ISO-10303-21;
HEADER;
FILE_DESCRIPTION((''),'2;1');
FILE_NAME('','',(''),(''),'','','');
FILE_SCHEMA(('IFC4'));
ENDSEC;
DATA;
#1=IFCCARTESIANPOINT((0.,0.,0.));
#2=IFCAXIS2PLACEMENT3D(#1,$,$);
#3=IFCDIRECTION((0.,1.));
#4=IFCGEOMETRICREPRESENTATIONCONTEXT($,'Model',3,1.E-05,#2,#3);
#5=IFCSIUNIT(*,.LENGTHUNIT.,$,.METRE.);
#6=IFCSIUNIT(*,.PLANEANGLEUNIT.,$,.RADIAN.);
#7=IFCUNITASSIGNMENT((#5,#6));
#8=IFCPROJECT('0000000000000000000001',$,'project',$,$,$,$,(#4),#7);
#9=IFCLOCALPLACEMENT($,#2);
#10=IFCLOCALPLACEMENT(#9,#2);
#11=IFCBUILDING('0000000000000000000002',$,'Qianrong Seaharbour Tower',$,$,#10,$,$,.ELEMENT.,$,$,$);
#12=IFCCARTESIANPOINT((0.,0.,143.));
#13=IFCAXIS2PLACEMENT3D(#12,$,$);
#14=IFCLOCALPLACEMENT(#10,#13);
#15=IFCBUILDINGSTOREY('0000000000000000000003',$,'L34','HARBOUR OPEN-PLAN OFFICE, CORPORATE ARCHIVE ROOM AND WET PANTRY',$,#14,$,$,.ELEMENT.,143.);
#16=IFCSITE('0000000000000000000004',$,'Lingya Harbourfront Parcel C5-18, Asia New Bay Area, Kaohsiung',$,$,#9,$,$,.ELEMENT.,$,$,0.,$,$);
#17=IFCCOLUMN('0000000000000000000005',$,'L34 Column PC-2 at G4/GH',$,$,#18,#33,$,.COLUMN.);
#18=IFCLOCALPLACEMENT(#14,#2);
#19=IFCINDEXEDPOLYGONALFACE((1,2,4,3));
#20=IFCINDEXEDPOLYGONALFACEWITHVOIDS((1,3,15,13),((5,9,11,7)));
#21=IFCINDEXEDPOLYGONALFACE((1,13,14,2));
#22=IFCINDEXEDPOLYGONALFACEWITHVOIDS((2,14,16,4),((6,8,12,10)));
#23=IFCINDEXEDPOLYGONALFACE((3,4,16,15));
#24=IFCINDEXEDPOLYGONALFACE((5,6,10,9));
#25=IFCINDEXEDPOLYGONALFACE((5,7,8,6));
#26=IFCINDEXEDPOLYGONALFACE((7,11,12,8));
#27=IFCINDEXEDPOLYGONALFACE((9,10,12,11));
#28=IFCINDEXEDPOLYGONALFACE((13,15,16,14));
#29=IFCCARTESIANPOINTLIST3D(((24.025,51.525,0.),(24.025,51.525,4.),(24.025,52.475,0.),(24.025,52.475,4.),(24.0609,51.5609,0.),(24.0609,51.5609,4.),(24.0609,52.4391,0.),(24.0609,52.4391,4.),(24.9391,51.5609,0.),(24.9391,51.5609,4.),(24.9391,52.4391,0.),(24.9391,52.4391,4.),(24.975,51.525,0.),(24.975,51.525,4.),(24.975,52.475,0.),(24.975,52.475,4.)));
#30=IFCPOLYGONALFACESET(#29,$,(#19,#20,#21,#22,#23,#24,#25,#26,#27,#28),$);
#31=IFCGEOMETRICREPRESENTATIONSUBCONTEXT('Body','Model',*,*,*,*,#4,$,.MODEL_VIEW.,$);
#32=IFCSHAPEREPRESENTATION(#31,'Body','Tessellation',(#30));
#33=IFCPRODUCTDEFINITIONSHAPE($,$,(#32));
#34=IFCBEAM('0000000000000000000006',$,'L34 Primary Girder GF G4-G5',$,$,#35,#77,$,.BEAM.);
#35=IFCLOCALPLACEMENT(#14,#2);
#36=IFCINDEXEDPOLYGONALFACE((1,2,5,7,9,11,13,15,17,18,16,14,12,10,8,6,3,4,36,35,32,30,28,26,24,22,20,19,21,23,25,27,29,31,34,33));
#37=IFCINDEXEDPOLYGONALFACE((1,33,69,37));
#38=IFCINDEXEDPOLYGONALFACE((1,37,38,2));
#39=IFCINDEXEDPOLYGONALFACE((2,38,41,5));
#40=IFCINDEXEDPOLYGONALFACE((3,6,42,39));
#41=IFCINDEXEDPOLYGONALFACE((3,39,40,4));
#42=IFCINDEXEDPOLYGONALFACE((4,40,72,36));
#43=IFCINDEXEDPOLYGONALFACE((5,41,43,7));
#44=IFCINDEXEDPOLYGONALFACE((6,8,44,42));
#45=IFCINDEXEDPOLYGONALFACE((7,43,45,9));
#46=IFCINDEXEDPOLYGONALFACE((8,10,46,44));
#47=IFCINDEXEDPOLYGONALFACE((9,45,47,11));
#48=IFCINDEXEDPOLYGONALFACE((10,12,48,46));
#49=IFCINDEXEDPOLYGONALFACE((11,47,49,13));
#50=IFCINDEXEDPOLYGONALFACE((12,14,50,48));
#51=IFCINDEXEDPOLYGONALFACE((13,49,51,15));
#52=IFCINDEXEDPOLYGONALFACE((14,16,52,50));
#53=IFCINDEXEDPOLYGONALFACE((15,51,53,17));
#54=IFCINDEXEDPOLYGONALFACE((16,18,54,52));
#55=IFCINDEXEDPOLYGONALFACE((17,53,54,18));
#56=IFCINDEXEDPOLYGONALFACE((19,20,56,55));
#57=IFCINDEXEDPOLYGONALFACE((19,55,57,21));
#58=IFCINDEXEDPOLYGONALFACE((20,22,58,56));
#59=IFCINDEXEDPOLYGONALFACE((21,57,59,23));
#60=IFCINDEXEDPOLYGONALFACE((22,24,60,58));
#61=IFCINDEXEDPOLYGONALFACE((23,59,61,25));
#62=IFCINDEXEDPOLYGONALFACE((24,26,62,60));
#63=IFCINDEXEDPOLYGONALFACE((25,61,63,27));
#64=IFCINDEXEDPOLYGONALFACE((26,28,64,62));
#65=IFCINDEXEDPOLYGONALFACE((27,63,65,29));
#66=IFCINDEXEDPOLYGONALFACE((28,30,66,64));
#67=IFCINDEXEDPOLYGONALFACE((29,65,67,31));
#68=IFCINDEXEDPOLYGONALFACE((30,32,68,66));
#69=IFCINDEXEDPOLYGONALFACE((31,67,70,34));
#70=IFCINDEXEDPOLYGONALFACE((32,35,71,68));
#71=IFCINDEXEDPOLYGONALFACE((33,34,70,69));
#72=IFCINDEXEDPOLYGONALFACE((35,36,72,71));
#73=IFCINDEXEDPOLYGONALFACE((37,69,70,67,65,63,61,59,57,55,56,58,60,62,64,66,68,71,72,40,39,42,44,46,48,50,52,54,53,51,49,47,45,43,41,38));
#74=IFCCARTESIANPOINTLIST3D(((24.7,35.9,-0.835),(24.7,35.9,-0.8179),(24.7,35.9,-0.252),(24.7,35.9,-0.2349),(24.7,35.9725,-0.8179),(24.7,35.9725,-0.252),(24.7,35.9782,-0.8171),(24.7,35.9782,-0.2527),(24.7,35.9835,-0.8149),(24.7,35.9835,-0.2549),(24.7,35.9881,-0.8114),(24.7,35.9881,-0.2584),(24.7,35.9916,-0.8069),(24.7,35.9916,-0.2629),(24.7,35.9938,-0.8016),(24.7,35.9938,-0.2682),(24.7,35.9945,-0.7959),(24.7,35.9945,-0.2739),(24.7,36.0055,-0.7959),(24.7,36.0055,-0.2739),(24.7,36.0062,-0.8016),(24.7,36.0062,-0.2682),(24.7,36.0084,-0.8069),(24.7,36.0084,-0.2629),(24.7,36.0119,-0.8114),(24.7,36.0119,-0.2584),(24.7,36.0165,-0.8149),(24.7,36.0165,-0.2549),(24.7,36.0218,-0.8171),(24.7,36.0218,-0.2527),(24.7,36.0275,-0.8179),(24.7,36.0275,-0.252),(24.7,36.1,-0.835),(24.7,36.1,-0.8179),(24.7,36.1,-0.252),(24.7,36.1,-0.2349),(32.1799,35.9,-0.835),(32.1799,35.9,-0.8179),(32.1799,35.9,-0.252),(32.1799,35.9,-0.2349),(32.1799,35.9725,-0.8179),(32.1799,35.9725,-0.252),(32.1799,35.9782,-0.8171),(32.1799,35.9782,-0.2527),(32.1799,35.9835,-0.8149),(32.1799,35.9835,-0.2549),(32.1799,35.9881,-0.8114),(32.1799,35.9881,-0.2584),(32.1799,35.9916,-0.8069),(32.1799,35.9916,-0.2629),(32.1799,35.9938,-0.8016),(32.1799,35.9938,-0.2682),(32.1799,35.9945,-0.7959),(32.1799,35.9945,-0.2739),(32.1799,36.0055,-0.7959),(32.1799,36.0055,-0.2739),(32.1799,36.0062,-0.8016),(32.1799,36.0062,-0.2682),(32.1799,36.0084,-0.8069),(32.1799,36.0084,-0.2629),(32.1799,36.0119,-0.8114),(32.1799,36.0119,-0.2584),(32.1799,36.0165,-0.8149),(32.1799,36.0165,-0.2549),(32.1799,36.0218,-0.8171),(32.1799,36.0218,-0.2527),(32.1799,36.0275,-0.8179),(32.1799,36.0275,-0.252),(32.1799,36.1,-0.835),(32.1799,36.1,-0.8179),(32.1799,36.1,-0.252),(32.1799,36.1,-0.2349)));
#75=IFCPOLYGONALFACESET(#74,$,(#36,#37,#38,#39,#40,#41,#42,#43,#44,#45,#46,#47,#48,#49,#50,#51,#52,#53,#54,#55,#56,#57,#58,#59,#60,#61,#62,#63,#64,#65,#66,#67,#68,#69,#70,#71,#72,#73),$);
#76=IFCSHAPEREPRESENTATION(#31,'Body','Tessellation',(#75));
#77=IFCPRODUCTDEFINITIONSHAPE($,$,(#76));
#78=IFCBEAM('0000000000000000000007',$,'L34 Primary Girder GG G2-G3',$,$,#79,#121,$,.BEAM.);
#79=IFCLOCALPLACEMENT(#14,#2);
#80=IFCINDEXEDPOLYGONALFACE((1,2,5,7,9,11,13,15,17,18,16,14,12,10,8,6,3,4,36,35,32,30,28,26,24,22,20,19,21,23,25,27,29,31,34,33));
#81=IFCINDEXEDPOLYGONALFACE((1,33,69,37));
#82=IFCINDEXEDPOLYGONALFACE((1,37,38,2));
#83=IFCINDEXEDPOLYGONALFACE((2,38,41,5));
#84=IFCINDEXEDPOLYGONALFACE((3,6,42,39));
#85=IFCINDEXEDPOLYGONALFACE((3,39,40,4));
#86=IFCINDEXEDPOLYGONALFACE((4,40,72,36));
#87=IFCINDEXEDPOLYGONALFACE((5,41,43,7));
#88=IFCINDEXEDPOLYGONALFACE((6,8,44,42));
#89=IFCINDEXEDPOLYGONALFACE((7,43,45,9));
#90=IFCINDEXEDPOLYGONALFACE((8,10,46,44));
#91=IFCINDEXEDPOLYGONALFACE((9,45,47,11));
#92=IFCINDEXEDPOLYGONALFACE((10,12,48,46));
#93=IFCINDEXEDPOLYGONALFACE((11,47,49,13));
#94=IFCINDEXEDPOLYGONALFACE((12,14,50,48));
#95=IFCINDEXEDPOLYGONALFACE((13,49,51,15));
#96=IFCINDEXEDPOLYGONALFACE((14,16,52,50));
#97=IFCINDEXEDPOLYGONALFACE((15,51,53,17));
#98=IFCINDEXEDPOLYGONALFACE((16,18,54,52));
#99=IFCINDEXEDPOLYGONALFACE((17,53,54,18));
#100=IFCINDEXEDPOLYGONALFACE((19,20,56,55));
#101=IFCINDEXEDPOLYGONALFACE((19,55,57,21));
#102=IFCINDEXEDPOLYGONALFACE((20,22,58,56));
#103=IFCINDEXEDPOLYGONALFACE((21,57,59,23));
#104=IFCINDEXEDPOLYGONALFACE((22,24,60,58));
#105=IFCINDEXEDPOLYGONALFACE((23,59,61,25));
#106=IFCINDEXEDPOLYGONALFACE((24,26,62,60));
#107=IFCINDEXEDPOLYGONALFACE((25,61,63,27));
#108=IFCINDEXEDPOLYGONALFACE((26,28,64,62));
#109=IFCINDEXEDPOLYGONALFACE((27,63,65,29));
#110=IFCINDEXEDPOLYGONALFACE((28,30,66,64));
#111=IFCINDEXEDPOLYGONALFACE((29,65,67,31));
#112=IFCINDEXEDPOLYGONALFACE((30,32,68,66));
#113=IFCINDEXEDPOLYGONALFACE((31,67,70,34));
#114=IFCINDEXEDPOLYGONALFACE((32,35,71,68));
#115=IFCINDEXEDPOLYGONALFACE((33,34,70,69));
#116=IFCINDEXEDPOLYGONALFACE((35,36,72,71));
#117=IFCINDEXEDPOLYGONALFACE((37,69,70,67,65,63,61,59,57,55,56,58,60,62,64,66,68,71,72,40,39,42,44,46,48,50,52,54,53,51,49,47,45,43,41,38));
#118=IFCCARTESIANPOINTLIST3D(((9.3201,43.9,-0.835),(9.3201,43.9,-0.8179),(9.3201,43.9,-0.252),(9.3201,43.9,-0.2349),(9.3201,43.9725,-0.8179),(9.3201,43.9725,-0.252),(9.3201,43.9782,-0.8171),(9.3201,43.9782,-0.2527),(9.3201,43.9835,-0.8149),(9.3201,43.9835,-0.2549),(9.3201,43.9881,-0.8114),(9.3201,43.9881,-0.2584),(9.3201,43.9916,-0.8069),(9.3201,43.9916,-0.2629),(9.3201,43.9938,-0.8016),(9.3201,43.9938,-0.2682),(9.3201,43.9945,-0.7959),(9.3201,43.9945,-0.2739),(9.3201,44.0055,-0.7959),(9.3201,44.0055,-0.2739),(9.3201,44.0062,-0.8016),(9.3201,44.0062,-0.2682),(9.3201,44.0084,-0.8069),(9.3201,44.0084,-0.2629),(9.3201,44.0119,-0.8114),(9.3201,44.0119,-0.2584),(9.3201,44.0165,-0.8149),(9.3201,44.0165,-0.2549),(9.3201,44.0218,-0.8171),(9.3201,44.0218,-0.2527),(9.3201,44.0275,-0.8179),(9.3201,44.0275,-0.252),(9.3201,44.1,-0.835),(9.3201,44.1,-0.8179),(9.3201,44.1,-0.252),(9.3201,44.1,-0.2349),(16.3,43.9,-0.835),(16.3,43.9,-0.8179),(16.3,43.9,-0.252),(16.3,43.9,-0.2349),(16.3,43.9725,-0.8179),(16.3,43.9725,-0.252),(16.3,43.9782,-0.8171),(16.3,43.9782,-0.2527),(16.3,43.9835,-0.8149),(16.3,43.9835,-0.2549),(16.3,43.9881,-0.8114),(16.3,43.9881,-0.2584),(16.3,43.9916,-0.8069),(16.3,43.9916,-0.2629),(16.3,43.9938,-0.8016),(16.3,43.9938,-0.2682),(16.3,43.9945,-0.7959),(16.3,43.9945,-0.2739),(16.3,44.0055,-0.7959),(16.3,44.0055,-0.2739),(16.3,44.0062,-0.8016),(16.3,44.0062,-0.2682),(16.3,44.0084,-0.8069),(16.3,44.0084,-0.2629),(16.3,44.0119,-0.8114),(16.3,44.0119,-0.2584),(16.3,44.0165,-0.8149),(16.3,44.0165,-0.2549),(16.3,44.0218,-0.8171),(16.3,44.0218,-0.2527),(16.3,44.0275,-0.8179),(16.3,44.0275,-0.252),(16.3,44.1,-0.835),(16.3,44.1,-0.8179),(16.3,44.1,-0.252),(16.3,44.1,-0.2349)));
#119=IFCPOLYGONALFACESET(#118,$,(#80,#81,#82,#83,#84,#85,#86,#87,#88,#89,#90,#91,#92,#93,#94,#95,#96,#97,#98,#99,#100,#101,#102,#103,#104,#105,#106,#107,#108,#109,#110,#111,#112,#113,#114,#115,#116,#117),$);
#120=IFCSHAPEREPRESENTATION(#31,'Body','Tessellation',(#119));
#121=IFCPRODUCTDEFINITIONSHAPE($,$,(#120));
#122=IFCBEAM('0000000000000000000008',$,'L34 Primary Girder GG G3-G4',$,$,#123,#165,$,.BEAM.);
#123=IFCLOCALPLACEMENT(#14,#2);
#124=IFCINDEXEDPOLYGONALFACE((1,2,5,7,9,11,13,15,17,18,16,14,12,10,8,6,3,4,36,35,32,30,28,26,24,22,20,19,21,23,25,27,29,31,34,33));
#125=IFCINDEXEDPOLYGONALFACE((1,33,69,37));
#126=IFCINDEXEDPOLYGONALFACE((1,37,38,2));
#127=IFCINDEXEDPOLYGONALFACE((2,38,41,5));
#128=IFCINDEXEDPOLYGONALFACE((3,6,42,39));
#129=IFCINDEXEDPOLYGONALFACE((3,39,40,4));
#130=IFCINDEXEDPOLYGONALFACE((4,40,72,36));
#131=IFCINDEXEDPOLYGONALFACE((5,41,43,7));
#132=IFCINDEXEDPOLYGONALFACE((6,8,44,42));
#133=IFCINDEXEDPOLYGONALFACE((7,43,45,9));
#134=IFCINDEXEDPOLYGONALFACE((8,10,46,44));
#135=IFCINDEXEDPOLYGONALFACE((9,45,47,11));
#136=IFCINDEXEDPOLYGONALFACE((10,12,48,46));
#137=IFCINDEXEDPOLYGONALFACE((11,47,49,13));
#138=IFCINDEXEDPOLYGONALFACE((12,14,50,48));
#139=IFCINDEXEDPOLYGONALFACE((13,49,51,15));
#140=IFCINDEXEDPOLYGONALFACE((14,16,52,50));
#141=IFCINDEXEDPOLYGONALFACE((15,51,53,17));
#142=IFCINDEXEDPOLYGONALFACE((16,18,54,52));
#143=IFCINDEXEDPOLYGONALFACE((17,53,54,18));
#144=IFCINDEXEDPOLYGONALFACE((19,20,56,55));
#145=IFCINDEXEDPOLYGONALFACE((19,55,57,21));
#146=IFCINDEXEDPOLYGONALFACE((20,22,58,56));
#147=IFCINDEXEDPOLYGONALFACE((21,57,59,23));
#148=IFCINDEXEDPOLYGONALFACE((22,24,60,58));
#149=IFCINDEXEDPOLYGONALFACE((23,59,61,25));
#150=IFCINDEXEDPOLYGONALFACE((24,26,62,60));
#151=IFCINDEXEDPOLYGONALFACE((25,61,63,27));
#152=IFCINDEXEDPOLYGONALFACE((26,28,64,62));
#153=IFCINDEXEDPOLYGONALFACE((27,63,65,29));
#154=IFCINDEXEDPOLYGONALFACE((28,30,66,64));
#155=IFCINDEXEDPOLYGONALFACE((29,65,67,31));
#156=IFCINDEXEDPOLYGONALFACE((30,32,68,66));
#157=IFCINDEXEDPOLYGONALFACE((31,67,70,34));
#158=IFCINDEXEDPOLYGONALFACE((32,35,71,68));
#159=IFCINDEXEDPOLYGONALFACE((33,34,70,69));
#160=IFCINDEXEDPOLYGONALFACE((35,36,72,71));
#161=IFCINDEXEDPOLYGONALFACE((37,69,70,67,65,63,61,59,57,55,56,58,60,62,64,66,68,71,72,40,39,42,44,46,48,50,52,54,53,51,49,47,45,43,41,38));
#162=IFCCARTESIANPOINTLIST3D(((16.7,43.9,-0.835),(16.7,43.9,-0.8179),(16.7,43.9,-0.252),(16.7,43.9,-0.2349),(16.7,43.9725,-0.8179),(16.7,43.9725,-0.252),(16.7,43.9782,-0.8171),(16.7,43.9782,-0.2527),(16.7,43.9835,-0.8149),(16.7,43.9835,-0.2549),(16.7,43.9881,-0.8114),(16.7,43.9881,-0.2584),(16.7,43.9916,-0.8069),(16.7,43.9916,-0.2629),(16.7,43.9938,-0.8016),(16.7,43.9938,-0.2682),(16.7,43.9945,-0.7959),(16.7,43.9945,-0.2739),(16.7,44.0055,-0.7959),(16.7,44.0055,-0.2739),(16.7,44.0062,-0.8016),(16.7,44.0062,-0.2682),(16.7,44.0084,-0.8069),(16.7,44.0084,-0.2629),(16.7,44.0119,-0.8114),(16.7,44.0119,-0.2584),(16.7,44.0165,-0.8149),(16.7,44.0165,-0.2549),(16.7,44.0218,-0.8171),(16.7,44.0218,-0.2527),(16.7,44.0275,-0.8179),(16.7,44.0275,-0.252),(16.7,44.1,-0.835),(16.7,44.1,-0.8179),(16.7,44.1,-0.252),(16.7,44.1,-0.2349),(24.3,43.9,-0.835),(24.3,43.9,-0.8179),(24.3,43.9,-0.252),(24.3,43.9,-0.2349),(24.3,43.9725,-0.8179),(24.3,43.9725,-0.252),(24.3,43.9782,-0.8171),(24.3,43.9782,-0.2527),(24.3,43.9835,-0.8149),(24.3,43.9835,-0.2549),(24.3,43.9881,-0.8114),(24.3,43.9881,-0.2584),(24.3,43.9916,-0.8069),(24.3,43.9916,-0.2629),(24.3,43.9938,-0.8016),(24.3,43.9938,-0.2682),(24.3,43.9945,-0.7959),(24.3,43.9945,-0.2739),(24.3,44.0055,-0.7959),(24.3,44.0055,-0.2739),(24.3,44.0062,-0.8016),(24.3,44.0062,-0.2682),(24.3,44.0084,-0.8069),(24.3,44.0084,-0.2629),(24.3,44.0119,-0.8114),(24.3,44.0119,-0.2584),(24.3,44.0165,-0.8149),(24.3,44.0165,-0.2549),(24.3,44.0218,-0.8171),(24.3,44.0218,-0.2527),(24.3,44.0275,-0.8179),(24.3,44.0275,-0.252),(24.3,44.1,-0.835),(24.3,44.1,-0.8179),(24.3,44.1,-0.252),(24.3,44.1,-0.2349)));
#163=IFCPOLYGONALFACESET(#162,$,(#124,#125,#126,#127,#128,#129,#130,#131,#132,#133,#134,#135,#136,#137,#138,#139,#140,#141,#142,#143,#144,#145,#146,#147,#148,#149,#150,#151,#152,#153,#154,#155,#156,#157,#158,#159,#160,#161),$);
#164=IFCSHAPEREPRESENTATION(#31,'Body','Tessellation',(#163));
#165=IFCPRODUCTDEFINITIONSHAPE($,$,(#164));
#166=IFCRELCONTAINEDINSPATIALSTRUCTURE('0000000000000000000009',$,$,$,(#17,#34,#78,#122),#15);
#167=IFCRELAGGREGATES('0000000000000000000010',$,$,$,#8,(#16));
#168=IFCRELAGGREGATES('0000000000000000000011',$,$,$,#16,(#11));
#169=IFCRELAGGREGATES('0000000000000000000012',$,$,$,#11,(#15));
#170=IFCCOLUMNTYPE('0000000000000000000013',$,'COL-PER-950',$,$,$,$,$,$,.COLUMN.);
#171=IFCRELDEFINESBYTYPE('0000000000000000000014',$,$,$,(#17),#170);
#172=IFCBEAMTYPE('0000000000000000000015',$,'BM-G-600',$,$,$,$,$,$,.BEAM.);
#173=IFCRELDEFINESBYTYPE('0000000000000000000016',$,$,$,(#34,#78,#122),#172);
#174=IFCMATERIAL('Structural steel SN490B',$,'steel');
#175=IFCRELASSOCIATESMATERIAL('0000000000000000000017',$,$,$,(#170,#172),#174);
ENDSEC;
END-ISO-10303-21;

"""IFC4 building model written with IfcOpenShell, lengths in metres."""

from ifc_helpers import new_model, si_unit, direction, frame, origin, origin_2d, place, context, subcontext, project, spatial, hollow_rectangle, i_section, extrude, material, material_profile, profile_set, type_object, element, save


model = new_model("IFC4")

# Units and contexts
model_context = context("Model", 3, precision=1e-05, world=origin(), true_north=direction((0.0, 1.0)))
body_context = subcontext(model_context, "Body", "Model", "MODEL_VIEW")
ifc_project = project(units=[si_unit("LENGTHUNIT", "METRE"), si_unit("PLANEANGLEUNIT", "RADIAN")], contexts=[model_context])

# Site, building, storey
site_placement = place(None, origin())
site = spatial("IfcSite", under=ifc_project, at=site_placement, Name="Lingya Harbourfront Parcel C5-18, Asia New Bay Area, Kaohsiung", CompositionType="ELEMENT", RefElevation=0.0)
building_placement = place(site_placement, origin())
building = spatial("IfcBuilding", under=site, at=building_placement, Name="Qianrong Seaharbour Tower", CompositionType="ELEMENT")
storey_placement = place(building_placement, frame((0.0, 0.0, 143.0)))
storey = spatial("IfcBuildingStorey", under=building, at=storey_placement, Name="L34", Description="HARBOUR OPEN-PLAN OFFICE, CORPORATE ARCHIVE ROOM AND WET PANTRY", CompositionType="ELEMENT", Elevation=143.0)

# Column
ifc_material_1 = material(Name="Structural steel SN490B", Category="steel")
ifc_material_profile_1 = material_profile(ifc_material_1, hollow_rectangle(XDim=0.95, YDim=0.95, WallThickness=0.0359, at=origin_2d()), Name="BOX950x950x36")
ifc_profile_set_1 = profile_set([ifc_material_profile_1], Name="Structural steel SN490B")
column_type_1 = type_object("IfcColumnType", Name="COL-PER-950", PredefinedType="COLUMN", material=ifc_profile_set_1)
for number, where, z_axis, x_axis, name in (
    (1, (24.5, 52.0, 0.0), (0.0, 0.0, 1.0), (1.0, 0.0, 0.0), "L34 Column PC-2 at G4/GH"),
):
    element("IfcColumn", number, at=place(storey_placement, frame(where, z_axis=z_axis, x_axis=x_axis)), inside=storey, type_object=column_type_1, Name=name, PredefinedType="COLUMN", context=body_context, shape_type="SweptSolid", body=[
        extrude(hollow_rectangle(XDim=0.95, YDim=0.95, WallThickness=0.0359, at=origin_2d()), origin(), (0.0, 0.0, 1.0), 4.0),
    ])

# Beams
ifc_material_profile_2 = material_profile(ifc_material_1, i_section(OverallWidth=0.2, OverallDepth=0.6001, WebThickness=0.011, FlangeThickness=0.0171, FilletRadius=0.022, at=origin_2d()), Name="H600x200x11x17")
ifc_profile_set_2 = profile_set([ifc_material_profile_2], Name="Structural steel SN490B")
beam_type_1 = type_object("IfcBeamType", Name="BM-G-600", PredefinedType="BEAM", material=ifc_profile_set_2)
beam_1_placement = place(storey_placement, frame((24.7, 36.0, -0.5349), z_axis=(1.0, 0.0, 0.0), x_axis=(0.0, 1.0, 0.0)))
element("IfcBeam", 2, at=beam_1_placement, inside=storey, type_object=beam_type_1, Name="L34 Primary Girder GF G4-G5", PredefinedType="BEAM", context=body_context, shape_type="SweptSolid", body=[
    extrude(i_section(OverallWidth=0.2, OverallDepth=0.6001, WebThickness=0.011, FlangeThickness=0.0171, FilletRadius=0.022, at=origin_2d()), origin(), (0.0, 0.0, 1.0), 7.48),
])
beam_2_placement = place(storey_placement, frame((9.3201, 44.0, -0.5349), z_axis=(1.0, 0.0, 0.0), x_axis=(0.0, 1.0, 0.0)))
element("IfcBeam", 3, at=beam_2_placement, inside=storey, type_object=beam_type_1, Name="L34 Primary Girder GG G2-G3", PredefinedType="BEAM", context=body_context, shape_type="SweptSolid", body=[
    extrude(i_section(OverallWidth=0.2, OverallDepth=0.6001, WebThickness=0.011, FlangeThickness=0.0171, FilletRadius=0.022, at=origin_2d()), origin(), (0.0, 0.0, 1.0), 6.98),
])
for number, where, z_axis, x_axis, name in (
    (4, (16.7, 44.0, -0.5349), (1.0, 0.0, 0.0), (0.0, 1.0, 0.0), "L34 Primary Girder GG G3-G4"),
):
    element("IfcBeam", number, at=place(storey_placement, frame(where, z_axis=z_axis, x_axis=x_axis)), inside=storey, type_object=beam_type_1, Name=name, PredefinedType="BEAM", context=body_context, shape_type="SweptSolid", body=[
        extrude(i_section(OverallWidth=0.2, OverallDepth=0.6001, WebThickness=0.011, FlangeThickness=0.0171, FilletRadius=0.022, at=origin_2d()), origin(), (0.0, 0.0, 1.0), 7.6001),
    ])

save(model, "model.ifc")
